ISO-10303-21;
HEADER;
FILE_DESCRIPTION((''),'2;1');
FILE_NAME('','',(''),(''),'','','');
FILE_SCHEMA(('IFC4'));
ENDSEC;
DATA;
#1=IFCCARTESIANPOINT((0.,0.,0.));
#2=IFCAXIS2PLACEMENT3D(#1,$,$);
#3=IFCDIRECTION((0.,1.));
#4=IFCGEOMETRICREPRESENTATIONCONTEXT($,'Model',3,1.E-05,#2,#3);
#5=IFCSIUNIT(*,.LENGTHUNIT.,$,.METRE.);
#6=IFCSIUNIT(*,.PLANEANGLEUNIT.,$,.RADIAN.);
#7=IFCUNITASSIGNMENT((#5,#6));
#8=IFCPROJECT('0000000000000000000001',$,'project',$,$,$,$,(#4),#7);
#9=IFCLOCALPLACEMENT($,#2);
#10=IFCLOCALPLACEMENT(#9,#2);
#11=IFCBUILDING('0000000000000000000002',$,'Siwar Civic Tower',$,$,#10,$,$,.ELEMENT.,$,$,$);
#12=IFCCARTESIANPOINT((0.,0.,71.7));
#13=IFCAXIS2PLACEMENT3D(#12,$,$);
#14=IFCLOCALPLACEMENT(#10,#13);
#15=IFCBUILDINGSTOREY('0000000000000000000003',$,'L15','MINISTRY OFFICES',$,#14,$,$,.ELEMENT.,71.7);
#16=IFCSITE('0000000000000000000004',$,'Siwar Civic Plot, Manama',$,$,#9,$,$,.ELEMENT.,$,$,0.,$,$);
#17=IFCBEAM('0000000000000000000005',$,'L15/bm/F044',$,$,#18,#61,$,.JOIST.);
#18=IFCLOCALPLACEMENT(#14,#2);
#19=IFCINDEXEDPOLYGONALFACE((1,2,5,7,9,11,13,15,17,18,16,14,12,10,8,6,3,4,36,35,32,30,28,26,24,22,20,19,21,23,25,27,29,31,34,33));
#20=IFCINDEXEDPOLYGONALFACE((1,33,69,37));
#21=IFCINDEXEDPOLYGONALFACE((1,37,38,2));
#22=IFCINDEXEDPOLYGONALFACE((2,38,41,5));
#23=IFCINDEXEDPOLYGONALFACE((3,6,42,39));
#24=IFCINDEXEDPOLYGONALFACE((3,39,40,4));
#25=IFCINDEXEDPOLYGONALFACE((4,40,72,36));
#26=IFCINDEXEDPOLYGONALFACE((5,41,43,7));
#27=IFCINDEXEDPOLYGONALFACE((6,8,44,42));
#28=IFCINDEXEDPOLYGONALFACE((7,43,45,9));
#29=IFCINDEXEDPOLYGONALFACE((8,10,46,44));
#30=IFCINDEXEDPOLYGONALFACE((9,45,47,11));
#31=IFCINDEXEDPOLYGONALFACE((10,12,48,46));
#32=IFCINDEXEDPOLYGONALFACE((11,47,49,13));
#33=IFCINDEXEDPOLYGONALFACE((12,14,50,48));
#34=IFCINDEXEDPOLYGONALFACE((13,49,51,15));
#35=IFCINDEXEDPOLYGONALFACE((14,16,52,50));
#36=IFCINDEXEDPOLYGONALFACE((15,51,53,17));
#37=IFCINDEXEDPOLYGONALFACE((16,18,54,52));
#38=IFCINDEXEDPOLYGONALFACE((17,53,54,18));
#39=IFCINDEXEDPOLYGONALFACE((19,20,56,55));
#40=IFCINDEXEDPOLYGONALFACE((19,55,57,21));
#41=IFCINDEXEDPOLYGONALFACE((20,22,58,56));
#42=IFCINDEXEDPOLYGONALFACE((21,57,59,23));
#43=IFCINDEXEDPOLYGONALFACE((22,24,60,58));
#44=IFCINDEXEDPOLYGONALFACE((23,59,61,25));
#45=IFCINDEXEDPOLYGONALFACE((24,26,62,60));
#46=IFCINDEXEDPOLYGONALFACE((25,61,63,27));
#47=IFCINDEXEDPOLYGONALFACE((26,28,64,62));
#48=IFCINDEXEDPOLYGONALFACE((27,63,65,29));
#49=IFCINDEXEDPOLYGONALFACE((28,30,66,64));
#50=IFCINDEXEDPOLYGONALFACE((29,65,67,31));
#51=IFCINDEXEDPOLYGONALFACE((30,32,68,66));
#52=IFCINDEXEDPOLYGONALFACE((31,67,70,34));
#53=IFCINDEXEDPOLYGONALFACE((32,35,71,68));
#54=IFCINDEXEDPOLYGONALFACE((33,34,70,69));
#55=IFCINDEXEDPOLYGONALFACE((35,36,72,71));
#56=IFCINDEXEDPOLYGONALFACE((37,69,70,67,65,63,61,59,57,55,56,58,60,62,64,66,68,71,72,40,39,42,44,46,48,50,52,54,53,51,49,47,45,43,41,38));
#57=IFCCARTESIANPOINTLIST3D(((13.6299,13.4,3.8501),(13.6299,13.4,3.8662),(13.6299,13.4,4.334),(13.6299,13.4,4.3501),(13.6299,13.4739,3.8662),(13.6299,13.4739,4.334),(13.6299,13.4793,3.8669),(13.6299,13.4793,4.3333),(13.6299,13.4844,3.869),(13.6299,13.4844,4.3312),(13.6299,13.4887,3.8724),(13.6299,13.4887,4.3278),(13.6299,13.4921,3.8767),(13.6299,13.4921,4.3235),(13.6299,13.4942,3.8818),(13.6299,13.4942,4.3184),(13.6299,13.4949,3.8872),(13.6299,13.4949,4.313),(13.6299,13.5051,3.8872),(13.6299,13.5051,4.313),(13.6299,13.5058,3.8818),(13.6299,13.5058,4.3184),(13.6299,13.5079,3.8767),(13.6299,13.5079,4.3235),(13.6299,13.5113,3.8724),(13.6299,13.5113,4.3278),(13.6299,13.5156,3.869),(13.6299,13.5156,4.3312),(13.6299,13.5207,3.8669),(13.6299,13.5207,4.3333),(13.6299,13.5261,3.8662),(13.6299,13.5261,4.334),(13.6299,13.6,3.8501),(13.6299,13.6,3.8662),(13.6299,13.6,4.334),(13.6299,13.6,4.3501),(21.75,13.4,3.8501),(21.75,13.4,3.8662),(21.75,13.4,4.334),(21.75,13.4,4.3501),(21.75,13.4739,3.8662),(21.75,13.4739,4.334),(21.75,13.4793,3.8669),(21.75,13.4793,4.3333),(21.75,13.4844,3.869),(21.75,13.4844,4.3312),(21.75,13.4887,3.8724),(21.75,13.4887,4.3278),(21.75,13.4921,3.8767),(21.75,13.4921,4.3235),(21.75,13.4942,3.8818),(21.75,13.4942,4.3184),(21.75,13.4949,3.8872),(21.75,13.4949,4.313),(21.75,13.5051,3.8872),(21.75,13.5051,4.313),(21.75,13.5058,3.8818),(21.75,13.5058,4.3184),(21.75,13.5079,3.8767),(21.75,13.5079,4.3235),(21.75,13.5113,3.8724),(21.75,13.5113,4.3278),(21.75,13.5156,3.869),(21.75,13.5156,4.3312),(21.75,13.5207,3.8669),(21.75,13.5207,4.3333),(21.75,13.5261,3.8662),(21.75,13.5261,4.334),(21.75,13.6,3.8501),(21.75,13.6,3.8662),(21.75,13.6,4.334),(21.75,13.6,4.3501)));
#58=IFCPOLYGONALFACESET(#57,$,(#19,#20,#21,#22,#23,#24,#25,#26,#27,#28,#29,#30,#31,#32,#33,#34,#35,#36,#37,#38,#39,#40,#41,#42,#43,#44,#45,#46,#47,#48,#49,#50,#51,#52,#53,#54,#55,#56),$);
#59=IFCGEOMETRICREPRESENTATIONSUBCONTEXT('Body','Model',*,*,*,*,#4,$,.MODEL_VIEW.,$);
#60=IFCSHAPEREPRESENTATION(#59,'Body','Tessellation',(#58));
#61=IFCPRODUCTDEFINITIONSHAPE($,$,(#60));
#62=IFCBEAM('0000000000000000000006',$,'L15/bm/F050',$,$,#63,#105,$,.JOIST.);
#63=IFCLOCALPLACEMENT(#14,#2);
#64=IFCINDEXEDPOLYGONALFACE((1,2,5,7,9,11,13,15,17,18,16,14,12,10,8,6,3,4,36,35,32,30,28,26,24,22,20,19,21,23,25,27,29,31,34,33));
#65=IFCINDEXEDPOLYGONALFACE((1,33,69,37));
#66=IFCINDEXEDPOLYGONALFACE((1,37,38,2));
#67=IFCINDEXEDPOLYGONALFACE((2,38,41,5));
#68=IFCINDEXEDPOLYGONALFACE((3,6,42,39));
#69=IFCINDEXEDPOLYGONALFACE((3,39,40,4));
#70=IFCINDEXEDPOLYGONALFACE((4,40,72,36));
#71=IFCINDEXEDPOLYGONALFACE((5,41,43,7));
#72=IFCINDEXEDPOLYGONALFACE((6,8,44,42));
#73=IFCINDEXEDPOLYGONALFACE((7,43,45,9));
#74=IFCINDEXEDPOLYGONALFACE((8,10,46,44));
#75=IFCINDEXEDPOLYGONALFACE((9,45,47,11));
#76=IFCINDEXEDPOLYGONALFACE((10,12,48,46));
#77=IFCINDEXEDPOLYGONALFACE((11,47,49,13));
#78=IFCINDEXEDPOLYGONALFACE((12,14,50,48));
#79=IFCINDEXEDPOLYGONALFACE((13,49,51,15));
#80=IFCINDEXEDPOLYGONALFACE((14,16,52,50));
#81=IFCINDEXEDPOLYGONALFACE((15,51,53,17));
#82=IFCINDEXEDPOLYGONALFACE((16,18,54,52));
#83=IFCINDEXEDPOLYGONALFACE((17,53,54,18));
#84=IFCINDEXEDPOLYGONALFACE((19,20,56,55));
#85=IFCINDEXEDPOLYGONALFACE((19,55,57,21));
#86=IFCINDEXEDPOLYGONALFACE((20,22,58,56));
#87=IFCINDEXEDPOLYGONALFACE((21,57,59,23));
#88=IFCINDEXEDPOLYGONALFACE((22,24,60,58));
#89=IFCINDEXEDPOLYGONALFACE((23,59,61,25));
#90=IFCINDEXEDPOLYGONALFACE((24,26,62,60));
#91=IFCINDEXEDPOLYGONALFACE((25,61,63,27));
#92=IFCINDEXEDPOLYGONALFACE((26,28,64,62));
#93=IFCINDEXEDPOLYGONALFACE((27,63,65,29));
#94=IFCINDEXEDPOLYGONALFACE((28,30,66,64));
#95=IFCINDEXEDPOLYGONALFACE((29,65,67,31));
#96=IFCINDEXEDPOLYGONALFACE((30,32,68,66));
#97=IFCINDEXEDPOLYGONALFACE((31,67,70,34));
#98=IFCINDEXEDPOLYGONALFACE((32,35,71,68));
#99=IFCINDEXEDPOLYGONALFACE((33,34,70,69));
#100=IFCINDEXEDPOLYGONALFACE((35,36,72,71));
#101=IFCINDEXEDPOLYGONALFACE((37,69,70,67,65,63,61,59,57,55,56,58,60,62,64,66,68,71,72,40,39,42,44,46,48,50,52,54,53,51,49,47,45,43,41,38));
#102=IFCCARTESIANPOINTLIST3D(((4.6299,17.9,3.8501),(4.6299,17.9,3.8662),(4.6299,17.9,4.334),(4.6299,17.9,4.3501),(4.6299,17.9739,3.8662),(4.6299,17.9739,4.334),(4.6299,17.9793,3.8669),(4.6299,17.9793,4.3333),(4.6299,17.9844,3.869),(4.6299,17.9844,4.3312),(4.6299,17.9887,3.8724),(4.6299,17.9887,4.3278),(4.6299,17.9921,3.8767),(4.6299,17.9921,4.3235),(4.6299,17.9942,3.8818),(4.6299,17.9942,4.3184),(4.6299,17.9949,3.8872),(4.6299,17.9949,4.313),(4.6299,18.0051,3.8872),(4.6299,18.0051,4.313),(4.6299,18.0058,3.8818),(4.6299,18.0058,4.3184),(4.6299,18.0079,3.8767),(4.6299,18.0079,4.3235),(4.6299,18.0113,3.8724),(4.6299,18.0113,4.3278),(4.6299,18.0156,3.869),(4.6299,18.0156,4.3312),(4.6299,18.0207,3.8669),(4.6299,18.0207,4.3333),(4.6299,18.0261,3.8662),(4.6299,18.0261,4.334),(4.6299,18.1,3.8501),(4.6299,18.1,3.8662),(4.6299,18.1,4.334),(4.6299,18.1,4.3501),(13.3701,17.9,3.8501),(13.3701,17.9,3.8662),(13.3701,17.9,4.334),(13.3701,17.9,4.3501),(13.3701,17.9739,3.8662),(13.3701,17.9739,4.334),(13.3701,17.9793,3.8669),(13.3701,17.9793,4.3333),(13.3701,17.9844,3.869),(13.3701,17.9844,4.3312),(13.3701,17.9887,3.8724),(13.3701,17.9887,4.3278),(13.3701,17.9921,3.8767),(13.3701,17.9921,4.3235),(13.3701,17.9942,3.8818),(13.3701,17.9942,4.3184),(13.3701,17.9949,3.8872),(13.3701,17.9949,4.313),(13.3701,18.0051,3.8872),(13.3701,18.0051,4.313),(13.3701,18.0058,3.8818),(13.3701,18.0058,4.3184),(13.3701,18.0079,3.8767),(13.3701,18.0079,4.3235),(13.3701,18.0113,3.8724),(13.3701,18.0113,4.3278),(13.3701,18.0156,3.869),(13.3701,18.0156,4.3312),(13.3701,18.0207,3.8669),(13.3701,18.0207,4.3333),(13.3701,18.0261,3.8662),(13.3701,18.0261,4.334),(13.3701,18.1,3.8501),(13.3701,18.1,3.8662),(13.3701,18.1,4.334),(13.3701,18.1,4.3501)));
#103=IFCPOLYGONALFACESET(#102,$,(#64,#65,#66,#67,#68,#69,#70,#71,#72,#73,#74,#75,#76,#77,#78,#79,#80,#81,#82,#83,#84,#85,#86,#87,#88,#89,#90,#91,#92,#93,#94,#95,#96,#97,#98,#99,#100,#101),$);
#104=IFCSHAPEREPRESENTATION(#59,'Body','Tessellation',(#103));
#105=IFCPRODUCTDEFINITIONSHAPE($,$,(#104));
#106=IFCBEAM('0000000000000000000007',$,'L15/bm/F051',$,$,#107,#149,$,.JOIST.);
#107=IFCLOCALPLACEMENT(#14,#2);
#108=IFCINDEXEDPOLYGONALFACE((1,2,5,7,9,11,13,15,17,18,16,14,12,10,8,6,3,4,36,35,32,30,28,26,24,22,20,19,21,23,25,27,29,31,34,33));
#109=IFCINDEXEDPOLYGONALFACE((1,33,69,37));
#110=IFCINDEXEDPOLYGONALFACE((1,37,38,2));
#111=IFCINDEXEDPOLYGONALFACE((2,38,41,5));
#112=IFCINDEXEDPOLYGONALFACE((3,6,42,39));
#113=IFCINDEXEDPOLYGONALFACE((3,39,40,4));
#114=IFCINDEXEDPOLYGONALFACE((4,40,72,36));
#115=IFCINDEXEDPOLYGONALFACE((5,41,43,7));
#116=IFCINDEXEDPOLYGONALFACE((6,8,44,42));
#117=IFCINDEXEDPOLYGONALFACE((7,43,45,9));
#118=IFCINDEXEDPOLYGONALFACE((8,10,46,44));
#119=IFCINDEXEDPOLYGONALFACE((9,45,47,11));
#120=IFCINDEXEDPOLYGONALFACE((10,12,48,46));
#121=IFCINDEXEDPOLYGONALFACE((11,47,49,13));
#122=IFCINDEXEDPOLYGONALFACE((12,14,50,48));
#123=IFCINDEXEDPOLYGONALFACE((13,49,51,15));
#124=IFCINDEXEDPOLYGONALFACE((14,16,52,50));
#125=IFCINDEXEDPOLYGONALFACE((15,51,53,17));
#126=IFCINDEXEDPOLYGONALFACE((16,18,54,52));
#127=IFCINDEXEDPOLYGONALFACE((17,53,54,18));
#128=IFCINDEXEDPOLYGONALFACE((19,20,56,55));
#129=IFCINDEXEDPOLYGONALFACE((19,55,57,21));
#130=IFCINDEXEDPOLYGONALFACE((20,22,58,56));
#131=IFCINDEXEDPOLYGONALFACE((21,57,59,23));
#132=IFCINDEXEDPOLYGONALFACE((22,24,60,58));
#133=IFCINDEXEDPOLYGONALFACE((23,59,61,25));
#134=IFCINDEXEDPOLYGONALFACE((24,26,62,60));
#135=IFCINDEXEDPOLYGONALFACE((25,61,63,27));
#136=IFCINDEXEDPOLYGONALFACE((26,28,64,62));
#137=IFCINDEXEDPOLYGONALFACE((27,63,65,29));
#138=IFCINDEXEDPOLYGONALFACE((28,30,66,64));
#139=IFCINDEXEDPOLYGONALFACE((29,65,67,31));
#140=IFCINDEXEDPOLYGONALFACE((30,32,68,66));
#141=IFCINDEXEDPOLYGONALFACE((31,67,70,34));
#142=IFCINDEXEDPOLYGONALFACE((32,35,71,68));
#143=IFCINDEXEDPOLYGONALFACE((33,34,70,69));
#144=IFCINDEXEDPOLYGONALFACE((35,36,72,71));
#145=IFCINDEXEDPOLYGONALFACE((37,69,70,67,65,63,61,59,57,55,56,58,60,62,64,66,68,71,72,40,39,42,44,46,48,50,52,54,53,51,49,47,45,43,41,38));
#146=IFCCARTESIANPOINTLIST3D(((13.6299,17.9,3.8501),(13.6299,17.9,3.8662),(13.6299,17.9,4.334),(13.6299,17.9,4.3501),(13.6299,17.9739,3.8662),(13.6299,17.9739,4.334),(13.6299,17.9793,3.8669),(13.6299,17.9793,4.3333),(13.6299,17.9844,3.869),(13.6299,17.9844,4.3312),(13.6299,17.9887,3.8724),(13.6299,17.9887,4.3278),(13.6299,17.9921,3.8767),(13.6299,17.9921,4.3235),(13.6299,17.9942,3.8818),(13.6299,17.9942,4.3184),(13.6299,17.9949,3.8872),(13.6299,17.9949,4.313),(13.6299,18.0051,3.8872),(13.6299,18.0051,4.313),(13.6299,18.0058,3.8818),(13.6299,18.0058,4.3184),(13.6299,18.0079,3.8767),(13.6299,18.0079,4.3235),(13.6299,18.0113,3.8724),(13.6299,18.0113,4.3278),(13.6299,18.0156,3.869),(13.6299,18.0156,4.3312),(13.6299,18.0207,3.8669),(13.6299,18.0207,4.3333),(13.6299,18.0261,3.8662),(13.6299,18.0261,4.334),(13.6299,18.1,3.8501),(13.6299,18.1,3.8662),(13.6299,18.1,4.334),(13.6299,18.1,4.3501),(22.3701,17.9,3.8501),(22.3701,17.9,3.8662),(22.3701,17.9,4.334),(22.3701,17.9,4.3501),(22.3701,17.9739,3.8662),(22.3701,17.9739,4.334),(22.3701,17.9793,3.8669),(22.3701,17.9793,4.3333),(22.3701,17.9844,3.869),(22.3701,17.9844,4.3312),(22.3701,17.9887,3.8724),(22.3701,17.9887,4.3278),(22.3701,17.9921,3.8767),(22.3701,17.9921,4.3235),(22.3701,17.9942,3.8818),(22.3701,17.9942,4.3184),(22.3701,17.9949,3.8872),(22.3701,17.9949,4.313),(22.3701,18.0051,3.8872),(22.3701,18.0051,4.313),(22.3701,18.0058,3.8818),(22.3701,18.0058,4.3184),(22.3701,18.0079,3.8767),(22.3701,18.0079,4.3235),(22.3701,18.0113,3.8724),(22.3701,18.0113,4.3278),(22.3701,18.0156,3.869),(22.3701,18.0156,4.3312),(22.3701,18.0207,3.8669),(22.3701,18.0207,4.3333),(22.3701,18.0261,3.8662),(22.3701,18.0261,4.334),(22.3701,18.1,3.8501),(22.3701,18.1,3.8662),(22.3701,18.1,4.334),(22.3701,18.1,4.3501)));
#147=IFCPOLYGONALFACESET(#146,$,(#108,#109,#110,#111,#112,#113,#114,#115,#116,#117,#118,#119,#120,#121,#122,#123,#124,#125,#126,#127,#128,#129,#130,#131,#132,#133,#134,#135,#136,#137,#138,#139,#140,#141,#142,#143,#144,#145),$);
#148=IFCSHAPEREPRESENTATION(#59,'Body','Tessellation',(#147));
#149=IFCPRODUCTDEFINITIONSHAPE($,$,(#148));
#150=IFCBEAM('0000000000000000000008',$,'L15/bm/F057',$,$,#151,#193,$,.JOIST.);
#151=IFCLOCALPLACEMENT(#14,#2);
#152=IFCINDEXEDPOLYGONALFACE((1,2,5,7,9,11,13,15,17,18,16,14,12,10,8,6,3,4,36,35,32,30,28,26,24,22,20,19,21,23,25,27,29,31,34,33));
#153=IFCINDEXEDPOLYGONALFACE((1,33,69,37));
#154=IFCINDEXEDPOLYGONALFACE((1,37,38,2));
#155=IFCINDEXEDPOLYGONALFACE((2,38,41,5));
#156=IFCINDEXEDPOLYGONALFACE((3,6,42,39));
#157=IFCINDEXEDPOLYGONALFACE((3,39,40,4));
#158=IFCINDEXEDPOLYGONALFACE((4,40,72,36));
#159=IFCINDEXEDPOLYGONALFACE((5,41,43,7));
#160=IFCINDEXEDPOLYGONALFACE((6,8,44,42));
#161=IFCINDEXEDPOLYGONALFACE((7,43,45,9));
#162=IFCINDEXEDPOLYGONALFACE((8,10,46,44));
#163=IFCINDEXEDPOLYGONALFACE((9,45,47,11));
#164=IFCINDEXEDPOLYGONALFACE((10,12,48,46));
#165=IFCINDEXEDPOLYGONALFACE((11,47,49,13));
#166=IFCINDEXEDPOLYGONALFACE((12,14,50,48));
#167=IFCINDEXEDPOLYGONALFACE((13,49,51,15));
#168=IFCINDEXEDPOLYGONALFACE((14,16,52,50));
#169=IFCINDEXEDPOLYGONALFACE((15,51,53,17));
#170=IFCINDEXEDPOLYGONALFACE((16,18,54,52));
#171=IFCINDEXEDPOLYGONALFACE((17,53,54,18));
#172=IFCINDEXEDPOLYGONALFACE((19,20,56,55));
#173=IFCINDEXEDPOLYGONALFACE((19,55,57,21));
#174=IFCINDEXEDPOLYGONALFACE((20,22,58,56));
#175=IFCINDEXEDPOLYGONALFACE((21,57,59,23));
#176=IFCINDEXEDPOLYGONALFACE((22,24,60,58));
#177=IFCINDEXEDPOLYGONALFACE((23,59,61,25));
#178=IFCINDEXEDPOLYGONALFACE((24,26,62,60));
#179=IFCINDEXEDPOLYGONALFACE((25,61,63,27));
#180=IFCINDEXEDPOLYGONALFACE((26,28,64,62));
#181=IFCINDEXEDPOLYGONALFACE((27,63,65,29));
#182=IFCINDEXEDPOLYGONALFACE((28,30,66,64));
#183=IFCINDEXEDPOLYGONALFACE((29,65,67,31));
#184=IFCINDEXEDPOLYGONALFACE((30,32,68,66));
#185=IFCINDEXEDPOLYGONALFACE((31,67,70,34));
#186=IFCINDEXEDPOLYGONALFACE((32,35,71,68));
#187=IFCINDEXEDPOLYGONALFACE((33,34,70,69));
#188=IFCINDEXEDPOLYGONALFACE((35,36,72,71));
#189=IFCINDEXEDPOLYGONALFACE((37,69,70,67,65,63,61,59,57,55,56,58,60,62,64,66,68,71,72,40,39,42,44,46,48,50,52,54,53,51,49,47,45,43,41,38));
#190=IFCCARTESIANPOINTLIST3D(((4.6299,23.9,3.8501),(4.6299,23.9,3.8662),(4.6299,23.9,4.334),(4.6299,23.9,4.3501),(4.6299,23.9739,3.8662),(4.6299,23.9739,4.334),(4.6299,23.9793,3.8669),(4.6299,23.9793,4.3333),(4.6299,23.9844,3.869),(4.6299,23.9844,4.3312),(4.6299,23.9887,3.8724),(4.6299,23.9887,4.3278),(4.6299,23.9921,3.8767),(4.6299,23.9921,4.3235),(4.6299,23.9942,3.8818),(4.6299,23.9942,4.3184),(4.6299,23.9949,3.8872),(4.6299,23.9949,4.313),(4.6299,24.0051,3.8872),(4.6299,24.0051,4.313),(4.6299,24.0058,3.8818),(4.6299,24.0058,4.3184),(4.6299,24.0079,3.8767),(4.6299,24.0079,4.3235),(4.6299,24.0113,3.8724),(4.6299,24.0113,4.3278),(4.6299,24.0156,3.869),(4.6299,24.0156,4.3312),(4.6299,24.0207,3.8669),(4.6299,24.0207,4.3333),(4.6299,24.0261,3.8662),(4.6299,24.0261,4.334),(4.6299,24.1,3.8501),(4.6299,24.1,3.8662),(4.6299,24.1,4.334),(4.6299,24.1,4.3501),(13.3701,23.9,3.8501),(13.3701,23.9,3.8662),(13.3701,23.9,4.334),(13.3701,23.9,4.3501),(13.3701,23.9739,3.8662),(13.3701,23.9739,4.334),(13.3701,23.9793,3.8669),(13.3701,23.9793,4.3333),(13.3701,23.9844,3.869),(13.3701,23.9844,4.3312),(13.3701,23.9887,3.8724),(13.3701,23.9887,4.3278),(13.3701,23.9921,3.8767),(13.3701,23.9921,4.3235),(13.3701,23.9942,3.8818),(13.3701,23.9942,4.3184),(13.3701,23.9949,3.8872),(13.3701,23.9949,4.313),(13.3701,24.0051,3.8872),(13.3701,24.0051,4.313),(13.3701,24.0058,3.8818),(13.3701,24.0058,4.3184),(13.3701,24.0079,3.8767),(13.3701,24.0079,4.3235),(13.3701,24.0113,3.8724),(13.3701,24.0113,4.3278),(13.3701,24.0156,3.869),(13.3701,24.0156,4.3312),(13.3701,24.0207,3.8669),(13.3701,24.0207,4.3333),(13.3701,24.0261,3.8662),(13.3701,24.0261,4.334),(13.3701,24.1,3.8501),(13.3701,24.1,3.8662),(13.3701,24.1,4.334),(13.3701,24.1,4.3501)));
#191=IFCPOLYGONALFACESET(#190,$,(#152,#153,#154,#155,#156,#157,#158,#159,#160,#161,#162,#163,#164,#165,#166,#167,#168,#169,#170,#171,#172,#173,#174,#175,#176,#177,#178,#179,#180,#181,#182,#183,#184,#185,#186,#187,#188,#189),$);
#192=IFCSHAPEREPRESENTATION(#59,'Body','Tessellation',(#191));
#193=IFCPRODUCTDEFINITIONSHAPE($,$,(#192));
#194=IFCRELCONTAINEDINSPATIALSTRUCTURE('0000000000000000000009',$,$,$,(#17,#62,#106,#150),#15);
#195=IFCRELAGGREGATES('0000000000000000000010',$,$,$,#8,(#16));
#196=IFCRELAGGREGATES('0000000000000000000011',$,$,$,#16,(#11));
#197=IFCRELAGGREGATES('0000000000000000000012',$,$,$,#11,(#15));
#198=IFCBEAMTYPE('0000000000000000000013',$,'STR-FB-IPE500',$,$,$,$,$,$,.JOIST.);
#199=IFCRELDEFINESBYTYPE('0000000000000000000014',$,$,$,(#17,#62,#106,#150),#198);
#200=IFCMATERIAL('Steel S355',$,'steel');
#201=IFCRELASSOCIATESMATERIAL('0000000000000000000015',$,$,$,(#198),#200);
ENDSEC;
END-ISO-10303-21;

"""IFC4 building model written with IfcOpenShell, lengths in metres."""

from ifc_helpers import new_model, si_unit, direction, frame, origin, origin_2d, place, context, subcontext, project, spatial, i_section, extrude, material, material_profile, profile_set, type_object, element, save


model = new_model("IFC4")

# Units and contexts
model_context = context("Model", 3, precision=1e-05, world=origin(), true_north=direction((0.0, 1.0)))
body_context = subcontext(model_context, "Body", "Model", "MODEL_VIEW")
ifc_project = project(units=[si_unit("LENGTHUNIT", "METRE"), si_unit("PLANEANGLEUNIT", "RADIAN")], contexts=[model_context])

# Site, building, storey
site_placement = place(None, origin())
site = spatial("IfcSite", under=ifc_project, at=site_placement, Name="Siwar Civic Plot, Manama", CompositionType="ELEMENT", RefElevation=0.0)
building_placement = place(site_placement, origin())
building = spatial("IfcBuilding", under=site, at=building_placement, Name="Siwar Civic Tower", CompositionType="ELEMENT")
storey_placement = place(building_placement, frame((0.0, 0.0, 71.7)))
storey = spatial("IfcBuildingStorey", under=building, at=storey_placement, Name="L15", Description="MINISTRY OFFICES", CompositionType="ELEMENT", Elevation=71.7)

# Beams
ifc_material_1 = material(Name="Steel S355", Category="steel")
ifc_material_profile_1 = material_profile(ifc_material_1, i_section(OverallWidth=0.2, OverallDepth=0.5, WebThickness=0.0103, FlangeThickness=0.0161, FilletRadius=0.021, at=origin_2d()), Name="IPE500")
ifc_profile_set_1 = profile_set([ifc_material_profile_1], Name="Steel S355")
beam_type_1 = type_object("IfcBeamType", Name="STR-FB-IPE500", PredefinedType="JOIST", material=ifc_profile_set_1)
beam_1_placement = place(storey_placement, frame((13.6299, 13.5, 4.1001), z_axis=(1.0, 0.0, 0.0), x_axis=(0.0, 1.0, 0.0)))
element("IfcBeam", 1, at=beam_1_placement, inside=storey, type_object=beam_type_1, Name="L15/bm/F044", PredefinedType="JOIST", context=body_context, shape_type="SweptSolid", body=[
    extrude(i_section(OverallWidth=0.2, OverallDepth=0.5, WebThickness=0.0103, FlangeThickness=0.0161, FilletRadius=0.021, at=origin_2d()), origin(), (0.0, 0.0, 1.0), 8.1201),
])
for number, where, z_axis, x_axis, name in (
    (2, (4.6299, 18.0, 4.1001), (1.0, 0.0, 0.0), (0.0, 1.0, 0.0), "L15/bm/F050"),
    (3, (13.6299, 18.0, 4.1001), (1.0, 0.0, 0.0), (0.0, 1.0, 0.0), "L15/bm/F051"),
    (4, (4.6299, 24.0, 4.1001), (1.0, 0.0, 0.0), (0.0, 1.0, 0.0), "L15/bm/F057"),
):
    element("IfcBeam", number, at=place(storey_placement, frame(where, z_axis=z_axis, x_axis=x_axis)), inside=storey, type_object=beam_type_1, Name=name, PredefinedType="JOIST", context=body_context, shape_type="SweptSolid", body=[
        extrude(i_section(OverallWidth=0.2, OverallDepth=0.5, WebThickness=0.0103, FlangeThickness=0.0161, FilletRadius=0.021, at=origin_2d()), origin(), (0.0, 0.0, 1.0), 8.7402),
    ])

save(model, "model.ifc")
